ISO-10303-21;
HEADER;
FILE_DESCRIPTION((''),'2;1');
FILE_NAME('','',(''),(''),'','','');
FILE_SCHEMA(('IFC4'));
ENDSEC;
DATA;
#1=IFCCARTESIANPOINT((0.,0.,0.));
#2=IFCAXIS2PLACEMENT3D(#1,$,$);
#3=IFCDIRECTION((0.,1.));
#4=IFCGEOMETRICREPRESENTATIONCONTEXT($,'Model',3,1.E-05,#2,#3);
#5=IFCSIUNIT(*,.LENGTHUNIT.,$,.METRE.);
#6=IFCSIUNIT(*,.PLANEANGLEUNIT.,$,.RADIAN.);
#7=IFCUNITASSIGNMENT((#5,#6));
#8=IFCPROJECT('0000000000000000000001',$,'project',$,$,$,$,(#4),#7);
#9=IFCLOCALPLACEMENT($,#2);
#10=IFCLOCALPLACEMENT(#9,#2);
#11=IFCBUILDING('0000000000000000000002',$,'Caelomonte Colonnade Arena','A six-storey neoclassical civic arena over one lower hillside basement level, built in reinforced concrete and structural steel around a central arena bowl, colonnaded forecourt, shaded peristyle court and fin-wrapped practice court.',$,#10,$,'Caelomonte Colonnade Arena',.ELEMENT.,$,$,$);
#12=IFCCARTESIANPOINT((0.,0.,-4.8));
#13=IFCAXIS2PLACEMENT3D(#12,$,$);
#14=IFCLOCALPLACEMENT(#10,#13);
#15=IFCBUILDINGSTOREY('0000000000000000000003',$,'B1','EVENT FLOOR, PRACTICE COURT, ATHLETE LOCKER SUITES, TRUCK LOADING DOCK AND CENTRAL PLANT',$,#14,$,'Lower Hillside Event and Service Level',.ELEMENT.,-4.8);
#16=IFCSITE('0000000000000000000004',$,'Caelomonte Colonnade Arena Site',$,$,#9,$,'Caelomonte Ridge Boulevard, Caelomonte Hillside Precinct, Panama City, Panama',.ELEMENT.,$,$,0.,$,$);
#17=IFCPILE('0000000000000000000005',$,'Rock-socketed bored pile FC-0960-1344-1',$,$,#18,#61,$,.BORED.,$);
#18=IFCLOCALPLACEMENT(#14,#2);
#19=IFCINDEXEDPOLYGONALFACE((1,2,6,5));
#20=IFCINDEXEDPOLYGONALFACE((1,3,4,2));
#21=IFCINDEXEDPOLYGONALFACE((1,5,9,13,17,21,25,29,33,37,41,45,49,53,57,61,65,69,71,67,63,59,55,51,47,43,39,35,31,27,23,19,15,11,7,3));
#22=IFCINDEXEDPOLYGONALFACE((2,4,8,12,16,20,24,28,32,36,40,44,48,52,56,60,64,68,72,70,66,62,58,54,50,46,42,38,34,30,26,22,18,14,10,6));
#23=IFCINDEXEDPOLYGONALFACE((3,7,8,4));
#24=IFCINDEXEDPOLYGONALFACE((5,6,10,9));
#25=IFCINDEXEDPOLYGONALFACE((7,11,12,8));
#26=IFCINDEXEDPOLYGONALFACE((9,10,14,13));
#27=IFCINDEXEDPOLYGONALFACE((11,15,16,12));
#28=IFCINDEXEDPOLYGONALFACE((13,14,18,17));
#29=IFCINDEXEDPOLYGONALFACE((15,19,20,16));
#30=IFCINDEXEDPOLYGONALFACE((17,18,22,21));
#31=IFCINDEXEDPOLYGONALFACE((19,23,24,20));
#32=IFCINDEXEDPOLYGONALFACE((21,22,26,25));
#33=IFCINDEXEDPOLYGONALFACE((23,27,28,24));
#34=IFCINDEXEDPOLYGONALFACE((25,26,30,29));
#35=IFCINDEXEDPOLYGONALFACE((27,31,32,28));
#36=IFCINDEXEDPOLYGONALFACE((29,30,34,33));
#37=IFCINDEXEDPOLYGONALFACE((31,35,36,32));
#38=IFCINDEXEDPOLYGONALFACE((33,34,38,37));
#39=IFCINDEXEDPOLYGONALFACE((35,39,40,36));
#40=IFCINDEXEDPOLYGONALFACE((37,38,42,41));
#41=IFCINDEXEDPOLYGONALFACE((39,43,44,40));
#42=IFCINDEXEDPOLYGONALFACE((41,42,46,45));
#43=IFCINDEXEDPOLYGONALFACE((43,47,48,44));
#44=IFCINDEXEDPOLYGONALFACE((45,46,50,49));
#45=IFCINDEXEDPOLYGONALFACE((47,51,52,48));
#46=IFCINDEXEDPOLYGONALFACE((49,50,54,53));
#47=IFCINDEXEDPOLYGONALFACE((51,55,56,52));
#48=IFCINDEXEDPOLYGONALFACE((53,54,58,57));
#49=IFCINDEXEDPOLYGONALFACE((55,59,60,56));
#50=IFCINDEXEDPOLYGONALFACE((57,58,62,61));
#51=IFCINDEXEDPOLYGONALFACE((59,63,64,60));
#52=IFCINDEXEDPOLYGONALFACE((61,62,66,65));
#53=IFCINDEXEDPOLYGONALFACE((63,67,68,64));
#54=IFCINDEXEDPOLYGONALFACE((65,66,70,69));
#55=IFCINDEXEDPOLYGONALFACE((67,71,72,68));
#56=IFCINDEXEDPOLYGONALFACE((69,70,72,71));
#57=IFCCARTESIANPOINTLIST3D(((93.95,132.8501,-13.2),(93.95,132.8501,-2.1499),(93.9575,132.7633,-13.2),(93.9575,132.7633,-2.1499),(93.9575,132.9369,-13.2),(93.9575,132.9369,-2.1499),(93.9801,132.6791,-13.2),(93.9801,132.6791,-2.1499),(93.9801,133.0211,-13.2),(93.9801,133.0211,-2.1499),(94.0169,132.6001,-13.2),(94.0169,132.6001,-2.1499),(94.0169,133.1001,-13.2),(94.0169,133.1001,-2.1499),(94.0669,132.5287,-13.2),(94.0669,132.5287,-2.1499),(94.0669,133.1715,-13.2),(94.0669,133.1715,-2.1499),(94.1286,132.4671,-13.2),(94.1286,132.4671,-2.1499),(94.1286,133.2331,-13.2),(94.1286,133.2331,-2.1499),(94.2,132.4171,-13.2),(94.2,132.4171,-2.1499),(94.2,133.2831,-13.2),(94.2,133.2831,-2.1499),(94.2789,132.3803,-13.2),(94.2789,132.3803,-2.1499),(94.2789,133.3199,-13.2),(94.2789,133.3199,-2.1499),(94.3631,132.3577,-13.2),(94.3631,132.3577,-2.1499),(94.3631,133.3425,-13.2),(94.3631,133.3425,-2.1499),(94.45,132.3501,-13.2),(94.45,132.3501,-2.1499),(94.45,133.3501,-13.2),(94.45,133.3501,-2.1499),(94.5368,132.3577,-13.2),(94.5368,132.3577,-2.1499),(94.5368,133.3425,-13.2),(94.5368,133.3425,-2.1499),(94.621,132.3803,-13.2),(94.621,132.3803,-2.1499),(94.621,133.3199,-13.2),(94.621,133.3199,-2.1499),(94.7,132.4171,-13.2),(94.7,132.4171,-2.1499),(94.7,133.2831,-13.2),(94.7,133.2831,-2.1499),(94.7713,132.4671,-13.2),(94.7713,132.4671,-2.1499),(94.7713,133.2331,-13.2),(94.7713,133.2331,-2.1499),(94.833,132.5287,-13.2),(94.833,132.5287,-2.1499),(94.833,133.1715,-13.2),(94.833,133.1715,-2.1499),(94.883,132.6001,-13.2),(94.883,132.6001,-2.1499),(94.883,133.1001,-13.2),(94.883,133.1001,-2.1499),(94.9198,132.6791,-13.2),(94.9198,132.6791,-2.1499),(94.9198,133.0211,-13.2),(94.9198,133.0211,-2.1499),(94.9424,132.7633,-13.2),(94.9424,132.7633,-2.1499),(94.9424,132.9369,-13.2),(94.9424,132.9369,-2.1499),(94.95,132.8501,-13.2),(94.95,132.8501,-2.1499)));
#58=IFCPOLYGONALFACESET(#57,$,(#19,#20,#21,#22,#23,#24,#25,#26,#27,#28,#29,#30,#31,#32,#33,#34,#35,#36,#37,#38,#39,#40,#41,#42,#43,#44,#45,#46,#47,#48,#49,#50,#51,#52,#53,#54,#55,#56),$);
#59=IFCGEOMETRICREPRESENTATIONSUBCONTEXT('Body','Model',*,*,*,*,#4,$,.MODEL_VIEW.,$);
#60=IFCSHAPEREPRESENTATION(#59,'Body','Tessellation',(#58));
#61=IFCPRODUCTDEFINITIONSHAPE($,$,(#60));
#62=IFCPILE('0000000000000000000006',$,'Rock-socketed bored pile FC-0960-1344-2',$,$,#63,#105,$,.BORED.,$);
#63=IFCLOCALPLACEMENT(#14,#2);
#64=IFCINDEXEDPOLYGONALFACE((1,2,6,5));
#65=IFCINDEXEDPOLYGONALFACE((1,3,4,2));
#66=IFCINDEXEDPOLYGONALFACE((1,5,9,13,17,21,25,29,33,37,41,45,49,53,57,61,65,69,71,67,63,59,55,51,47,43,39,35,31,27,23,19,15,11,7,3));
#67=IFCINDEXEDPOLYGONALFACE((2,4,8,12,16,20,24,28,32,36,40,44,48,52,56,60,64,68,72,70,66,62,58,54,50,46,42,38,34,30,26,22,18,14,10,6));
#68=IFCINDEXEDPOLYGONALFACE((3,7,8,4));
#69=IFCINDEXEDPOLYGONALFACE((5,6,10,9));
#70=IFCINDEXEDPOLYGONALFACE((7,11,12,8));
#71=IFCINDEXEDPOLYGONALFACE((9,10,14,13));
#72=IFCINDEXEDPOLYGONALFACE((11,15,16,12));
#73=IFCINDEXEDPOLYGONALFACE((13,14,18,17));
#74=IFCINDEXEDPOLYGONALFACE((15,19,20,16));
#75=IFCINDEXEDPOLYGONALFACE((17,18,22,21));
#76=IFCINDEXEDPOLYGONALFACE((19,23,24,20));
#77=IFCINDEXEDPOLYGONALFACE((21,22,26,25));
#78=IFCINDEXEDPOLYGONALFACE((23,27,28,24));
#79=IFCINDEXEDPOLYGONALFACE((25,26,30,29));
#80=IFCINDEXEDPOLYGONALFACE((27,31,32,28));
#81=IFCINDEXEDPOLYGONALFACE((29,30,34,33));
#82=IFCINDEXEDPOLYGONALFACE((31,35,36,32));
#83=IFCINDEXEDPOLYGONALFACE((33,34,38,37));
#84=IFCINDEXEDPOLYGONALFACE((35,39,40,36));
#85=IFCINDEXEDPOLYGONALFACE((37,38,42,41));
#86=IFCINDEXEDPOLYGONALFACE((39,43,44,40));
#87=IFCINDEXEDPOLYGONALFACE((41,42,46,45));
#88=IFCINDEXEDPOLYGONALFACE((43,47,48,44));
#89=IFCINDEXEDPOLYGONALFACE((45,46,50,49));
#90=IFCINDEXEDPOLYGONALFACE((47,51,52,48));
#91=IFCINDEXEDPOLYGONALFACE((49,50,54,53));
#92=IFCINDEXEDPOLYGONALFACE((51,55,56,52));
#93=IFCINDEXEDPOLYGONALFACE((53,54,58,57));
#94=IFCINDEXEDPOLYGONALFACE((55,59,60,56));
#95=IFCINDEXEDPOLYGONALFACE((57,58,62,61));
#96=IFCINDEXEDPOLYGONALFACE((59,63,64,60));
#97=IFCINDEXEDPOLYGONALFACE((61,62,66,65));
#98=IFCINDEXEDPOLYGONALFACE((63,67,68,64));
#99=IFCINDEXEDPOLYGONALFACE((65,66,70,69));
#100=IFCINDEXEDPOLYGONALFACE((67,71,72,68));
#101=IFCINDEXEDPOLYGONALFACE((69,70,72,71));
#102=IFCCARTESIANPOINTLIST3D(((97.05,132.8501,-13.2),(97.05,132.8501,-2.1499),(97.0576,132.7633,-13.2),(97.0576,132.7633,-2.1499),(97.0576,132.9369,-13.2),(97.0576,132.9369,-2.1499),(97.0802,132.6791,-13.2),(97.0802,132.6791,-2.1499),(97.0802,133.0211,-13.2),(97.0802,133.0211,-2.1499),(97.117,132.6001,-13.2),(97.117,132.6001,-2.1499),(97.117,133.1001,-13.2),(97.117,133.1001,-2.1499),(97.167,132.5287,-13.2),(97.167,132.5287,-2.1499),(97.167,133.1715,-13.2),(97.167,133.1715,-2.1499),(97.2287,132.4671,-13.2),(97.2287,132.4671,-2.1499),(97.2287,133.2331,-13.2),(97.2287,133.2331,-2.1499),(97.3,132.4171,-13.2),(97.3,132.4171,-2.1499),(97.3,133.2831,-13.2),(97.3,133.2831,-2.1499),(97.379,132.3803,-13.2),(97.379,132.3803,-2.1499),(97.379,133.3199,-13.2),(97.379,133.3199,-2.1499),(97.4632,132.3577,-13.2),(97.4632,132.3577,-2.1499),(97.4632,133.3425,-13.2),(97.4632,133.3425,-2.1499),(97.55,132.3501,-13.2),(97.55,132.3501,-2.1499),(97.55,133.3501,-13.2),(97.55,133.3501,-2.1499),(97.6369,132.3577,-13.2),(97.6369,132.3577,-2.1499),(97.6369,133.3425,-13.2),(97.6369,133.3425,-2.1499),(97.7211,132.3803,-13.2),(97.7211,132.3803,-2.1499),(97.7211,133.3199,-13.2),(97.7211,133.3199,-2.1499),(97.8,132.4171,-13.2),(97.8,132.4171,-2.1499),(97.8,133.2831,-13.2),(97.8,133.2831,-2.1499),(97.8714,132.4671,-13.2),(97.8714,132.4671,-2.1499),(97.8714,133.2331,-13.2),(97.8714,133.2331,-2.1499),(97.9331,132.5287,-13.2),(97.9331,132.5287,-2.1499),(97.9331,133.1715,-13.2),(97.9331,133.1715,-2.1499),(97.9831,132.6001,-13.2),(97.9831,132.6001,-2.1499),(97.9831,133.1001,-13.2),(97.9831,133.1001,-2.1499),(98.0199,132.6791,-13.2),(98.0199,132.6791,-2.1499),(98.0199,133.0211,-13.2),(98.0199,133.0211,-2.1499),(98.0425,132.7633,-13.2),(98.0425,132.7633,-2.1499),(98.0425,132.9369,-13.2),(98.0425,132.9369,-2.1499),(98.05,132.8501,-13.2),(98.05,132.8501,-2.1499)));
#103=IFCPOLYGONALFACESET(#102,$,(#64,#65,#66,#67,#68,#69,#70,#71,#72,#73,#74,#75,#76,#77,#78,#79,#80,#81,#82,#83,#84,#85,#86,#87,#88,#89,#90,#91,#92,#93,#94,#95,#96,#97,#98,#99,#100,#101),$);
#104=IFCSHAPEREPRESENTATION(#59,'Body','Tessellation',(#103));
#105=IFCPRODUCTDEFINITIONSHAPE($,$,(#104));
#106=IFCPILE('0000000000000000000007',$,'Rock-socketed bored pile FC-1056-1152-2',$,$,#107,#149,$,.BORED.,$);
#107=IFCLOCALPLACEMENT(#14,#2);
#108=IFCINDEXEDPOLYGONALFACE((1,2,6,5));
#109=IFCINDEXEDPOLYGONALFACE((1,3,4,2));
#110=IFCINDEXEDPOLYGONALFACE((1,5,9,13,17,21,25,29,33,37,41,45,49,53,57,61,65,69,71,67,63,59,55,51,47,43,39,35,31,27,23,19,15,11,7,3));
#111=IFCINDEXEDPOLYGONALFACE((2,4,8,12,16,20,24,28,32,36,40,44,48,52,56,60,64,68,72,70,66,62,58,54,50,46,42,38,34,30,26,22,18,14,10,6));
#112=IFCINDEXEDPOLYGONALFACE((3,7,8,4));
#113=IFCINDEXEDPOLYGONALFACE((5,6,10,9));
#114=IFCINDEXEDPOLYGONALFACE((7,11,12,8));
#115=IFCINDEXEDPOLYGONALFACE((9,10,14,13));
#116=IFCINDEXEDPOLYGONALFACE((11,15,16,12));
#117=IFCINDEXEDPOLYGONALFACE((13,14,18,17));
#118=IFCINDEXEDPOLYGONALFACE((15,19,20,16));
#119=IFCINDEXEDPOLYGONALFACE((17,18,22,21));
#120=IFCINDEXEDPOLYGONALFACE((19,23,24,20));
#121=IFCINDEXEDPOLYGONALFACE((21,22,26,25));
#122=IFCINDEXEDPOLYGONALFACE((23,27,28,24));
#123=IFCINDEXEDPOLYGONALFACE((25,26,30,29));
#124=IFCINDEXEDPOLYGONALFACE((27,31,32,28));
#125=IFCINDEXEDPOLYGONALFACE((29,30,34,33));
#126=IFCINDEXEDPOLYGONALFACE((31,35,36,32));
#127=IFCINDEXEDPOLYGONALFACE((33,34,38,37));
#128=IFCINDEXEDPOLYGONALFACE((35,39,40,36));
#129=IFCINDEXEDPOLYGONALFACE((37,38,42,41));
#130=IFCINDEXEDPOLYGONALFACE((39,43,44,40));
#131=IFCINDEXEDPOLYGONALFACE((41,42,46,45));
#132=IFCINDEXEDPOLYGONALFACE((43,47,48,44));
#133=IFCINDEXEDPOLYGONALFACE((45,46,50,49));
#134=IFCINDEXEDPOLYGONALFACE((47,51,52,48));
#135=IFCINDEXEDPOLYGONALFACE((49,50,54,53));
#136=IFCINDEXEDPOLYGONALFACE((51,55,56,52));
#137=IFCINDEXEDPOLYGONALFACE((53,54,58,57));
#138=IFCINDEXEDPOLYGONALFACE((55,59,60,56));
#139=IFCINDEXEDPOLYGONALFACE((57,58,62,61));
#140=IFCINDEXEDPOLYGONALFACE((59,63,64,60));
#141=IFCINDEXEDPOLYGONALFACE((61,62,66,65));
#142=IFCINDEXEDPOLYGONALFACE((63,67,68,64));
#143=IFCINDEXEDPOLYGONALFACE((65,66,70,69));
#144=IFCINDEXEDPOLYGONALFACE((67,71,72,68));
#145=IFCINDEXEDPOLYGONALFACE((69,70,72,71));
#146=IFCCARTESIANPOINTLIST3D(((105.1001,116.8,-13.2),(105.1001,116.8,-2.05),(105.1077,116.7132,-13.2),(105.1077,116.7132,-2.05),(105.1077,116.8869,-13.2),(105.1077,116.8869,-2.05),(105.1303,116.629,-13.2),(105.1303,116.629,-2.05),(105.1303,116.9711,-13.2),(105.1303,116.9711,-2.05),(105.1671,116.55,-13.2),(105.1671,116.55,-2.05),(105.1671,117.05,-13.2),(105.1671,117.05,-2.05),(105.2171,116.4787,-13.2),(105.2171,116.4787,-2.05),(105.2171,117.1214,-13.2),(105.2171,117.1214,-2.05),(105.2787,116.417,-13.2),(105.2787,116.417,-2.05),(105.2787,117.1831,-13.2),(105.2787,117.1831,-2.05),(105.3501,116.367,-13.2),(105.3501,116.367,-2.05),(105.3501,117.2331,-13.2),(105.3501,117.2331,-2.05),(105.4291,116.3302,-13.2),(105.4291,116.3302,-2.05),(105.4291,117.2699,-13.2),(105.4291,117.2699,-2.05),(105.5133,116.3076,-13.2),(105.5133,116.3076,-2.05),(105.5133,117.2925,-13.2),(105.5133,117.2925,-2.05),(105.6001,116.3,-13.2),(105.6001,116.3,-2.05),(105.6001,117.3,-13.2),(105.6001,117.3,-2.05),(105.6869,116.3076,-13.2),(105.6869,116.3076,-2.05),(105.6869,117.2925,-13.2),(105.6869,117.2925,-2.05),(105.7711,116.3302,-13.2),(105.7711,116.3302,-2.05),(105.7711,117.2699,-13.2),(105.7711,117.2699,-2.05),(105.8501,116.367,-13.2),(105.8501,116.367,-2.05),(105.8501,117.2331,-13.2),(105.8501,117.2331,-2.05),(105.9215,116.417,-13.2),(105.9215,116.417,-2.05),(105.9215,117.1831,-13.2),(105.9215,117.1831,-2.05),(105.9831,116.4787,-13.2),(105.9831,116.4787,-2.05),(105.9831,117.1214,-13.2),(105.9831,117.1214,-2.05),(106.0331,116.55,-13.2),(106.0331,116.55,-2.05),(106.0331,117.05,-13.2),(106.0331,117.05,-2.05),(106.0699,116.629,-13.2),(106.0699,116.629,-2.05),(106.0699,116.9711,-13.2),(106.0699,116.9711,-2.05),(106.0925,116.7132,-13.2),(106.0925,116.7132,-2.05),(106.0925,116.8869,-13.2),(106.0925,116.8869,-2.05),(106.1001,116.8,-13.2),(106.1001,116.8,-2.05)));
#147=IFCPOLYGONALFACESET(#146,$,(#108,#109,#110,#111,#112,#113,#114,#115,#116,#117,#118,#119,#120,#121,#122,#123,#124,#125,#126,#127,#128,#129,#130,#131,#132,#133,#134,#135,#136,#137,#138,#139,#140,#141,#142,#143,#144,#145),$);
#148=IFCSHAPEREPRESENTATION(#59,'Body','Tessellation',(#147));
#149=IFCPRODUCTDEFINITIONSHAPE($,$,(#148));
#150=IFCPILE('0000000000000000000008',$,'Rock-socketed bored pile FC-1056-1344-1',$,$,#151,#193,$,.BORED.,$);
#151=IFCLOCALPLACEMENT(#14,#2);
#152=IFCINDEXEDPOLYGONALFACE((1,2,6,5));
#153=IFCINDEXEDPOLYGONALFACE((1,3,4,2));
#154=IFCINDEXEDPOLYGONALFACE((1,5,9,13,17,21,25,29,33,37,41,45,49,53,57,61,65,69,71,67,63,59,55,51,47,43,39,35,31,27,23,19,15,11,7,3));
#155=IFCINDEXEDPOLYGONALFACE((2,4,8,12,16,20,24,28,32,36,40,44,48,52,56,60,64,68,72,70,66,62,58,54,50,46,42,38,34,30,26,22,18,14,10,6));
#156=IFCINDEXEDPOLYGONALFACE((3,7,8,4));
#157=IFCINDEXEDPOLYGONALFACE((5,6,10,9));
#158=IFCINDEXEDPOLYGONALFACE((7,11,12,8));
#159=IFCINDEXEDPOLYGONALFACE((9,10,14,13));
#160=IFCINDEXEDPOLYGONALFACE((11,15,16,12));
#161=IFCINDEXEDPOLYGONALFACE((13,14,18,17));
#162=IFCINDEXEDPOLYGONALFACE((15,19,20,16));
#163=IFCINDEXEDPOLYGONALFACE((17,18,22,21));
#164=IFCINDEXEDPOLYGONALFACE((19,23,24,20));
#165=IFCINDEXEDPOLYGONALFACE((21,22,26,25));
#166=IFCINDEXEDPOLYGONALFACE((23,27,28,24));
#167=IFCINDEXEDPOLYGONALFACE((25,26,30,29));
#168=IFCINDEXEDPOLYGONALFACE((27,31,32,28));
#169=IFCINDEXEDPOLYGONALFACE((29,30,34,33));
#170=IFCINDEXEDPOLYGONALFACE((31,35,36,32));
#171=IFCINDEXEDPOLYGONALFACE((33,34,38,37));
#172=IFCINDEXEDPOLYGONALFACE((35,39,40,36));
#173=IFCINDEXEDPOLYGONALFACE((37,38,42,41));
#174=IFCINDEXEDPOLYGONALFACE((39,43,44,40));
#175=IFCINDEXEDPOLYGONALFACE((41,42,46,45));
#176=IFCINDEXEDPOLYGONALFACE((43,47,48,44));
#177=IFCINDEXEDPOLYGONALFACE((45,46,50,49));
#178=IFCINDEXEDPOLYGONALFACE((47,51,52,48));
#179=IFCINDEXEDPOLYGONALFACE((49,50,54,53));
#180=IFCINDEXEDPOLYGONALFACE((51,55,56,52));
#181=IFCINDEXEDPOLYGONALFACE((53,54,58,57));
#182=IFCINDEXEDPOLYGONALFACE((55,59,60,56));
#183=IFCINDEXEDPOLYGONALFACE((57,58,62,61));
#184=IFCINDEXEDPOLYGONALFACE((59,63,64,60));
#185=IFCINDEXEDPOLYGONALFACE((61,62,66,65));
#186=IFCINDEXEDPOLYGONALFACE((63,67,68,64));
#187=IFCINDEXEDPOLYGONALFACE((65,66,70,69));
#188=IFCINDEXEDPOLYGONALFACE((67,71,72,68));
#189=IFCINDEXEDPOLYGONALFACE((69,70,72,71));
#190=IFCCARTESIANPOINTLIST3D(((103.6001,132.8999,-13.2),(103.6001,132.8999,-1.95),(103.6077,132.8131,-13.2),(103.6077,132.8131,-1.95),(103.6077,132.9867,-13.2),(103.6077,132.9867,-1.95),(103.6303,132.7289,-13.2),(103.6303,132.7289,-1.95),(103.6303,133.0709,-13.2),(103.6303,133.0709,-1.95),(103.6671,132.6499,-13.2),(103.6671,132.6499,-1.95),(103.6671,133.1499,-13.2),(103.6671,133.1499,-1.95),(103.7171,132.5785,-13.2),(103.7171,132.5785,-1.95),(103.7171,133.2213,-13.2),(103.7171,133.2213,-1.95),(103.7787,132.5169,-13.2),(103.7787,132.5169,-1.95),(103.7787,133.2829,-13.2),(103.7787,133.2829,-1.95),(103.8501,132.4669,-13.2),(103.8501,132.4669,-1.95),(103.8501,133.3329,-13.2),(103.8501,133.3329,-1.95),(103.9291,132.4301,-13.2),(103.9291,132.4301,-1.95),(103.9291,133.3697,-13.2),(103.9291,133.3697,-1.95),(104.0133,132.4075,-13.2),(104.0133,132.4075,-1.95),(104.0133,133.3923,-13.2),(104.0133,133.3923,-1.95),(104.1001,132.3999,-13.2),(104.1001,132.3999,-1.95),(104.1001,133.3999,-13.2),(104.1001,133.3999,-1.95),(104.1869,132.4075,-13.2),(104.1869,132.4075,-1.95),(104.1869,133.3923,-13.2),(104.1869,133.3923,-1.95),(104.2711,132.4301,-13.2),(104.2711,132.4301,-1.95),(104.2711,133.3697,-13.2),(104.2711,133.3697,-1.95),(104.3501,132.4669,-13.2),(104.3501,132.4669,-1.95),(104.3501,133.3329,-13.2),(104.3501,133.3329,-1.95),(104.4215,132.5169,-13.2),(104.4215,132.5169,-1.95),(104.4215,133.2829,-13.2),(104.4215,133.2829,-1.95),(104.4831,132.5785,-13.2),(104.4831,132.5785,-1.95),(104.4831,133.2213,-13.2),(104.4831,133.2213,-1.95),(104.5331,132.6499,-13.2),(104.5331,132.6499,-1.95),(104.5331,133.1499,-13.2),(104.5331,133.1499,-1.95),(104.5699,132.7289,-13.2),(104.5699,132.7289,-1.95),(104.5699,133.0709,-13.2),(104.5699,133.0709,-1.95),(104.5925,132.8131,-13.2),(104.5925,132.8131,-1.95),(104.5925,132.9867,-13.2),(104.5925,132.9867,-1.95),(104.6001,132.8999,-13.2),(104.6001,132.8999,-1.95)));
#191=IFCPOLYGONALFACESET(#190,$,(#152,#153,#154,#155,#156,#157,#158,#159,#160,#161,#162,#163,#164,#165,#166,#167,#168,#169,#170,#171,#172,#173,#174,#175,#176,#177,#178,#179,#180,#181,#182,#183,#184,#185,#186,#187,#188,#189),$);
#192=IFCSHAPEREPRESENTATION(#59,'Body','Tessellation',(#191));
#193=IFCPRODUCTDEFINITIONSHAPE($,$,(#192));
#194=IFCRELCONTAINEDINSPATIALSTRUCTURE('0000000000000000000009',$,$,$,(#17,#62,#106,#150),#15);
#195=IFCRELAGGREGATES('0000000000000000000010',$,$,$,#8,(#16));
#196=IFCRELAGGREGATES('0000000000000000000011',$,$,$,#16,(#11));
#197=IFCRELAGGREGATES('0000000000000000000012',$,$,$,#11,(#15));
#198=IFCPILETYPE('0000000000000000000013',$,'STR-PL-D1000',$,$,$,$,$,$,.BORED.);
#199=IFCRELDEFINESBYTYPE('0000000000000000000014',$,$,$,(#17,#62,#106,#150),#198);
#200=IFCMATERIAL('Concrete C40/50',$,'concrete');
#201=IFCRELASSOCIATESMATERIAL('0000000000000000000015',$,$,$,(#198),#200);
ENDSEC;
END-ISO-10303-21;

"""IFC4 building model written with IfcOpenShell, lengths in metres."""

from ifc_helpers import new_model, si_unit, direction, frame, origin, origin_2d, place, context, subcontext, project, spatial, circle, extrude, material, material_profile, profile_set, type_object, element, save


model = new_model("IFC4")

# Units and contexts
model_context = context("Model", 3, precision=1e-05, world=origin(), true_north=direction((0.0, 1.0)))
body_context = subcontext(model_context, "Body", "Model", "MODEL_VIEW")
ifc_project = project(units=[si_unit("LENGTHUNIT", "METRE"), si_unit("PLANEANGLEUNIT", "RADIAN")], contexts=[model_context])

# Site, building, storey
site_placement = place(None, origin())
site = spatial("IfcSite", under=ifc_project, at=site_placement, Name="Caelomonte Colonnade Arena Site", LongName="Caelomonte Ridge Boulevard, Caelomonte Hillside Precinct, Panama City, Panama", CompositionType="ELEMENT", RefElevation=0.0)
building_placement = place(site_placement, origin())
building = spatial("IfcBuilding", under=site, at=building_placement, Name="Caelomonte Colonnade Arena", Description="A six-storey neoclassical civic arena over one lower hillside basement level, built in reinforced concrete and structural steel around a central arena bowl, colonnaded forecourt, shaded peristyle court and fin-wrapped practice court.", LongName="Caelomonte Colonnade Arena", CompositionType="ELEMENT")
storey_placement = place(building_placement, frame((0.0, 0.0, -4.8)))
storey = spatial("IfcBuildingStorey", under=building, at=storey_placement, Name="B1", Description="EVENT FLOOR, PRACTICE COURT, ATHLETE LOCKER SUITES, TRUCK LOADING DOCK AND CENTRAL PLANT", LongName="Lower Hillside Event and Service Level", CompositionType="ELEMENT", Elevation=-4.8)

# Shared definitions
ifc_material_1 = material(Name="Concrete C40/50", Category="concrete")

# Piles
ifc_material_profile_1 = material_profile(ifc_material_1, circle(Radius=0.5, at=origin_2d()), Name="PILE-D1000")
ifc_profile_set_1 = profile_set([ifc_material_profile_1], Name="Concrete C40/50")
pile_type_1 = type_object("IfcPileType", Name="STR-PL-D1000", PredefinedType="BORED", material=ifc_profile_set_1)
for number, where, z_axis, x_axis, name in (
    (1, (94.45, 132.8501, -2.1499), (0.0, 0.0, -1.0), (1.0, 0.0, 0.0), "Rock-socketed bored pile FC-0960-1344-1"),
    (2, (97.55, 132.8501, -2.1499), (0.0, 0.0, -1.0), (1.0, 0.0, 0.0), "Rock-socketed bored pile FC-0960-1344-2"),
):
    element("IfcPile", number, at=place(storey_placement, frame(where, z_axis=z_axis, x_axis=x_axis)), inside=storey, type_object=pile_type_1, Name=name, PredefinedType="BORED", context=body_context, shape_type="SweptSolid", body=[
        extrude(circle(Radius=0.5, at=origin_2d()), origin(), (0.0, 0.0, 1.0), 11.05),
    ])
pile_1_placement = place(storey_placement, frame((105.6001, 116.8, -2.05), z_axis=(0.0, 0.0, -1.0), x_axis=(1.0, 0.0, 0.0)))
element("IfcPile", 3, at=pile_1_placement, inside=storey, type_object=pile_type_1, Name="Rock-socketed bored pile FC-1056-1152-2", PredefinedType="BORED", context=body_context, shape_type="SweptSolid", body=[
    extrude(circle(Radius=0.5, at=origin_2d()), origin(), (0.0, 0.0, 1.0), 11.1499),
])
for number, where, z_axis, x_axis, name in (
    (4, (104.1001, 132.8999, -1.95), (0.0, 0.0, -1.0), (1.0, 0.0, 0.0), "Rock-socketed bored pile FC-1056-1344-1"),
):
    element("IfcPile", number, at=place(storey_placement, frame(where, z_axis=z_axis, x_axis=x_axis)), inside=storey, type_object=pile_type_1, Name=name, PredefinedType="BORED", context=body_context, shape_type="SweptSolid", body=[
        extrude(circle(Radius=0.5, at=origin_2d()), origin(), (0.0, 0.0, 1.0), 11.25),
    ])

save(model, "model.ifc")
